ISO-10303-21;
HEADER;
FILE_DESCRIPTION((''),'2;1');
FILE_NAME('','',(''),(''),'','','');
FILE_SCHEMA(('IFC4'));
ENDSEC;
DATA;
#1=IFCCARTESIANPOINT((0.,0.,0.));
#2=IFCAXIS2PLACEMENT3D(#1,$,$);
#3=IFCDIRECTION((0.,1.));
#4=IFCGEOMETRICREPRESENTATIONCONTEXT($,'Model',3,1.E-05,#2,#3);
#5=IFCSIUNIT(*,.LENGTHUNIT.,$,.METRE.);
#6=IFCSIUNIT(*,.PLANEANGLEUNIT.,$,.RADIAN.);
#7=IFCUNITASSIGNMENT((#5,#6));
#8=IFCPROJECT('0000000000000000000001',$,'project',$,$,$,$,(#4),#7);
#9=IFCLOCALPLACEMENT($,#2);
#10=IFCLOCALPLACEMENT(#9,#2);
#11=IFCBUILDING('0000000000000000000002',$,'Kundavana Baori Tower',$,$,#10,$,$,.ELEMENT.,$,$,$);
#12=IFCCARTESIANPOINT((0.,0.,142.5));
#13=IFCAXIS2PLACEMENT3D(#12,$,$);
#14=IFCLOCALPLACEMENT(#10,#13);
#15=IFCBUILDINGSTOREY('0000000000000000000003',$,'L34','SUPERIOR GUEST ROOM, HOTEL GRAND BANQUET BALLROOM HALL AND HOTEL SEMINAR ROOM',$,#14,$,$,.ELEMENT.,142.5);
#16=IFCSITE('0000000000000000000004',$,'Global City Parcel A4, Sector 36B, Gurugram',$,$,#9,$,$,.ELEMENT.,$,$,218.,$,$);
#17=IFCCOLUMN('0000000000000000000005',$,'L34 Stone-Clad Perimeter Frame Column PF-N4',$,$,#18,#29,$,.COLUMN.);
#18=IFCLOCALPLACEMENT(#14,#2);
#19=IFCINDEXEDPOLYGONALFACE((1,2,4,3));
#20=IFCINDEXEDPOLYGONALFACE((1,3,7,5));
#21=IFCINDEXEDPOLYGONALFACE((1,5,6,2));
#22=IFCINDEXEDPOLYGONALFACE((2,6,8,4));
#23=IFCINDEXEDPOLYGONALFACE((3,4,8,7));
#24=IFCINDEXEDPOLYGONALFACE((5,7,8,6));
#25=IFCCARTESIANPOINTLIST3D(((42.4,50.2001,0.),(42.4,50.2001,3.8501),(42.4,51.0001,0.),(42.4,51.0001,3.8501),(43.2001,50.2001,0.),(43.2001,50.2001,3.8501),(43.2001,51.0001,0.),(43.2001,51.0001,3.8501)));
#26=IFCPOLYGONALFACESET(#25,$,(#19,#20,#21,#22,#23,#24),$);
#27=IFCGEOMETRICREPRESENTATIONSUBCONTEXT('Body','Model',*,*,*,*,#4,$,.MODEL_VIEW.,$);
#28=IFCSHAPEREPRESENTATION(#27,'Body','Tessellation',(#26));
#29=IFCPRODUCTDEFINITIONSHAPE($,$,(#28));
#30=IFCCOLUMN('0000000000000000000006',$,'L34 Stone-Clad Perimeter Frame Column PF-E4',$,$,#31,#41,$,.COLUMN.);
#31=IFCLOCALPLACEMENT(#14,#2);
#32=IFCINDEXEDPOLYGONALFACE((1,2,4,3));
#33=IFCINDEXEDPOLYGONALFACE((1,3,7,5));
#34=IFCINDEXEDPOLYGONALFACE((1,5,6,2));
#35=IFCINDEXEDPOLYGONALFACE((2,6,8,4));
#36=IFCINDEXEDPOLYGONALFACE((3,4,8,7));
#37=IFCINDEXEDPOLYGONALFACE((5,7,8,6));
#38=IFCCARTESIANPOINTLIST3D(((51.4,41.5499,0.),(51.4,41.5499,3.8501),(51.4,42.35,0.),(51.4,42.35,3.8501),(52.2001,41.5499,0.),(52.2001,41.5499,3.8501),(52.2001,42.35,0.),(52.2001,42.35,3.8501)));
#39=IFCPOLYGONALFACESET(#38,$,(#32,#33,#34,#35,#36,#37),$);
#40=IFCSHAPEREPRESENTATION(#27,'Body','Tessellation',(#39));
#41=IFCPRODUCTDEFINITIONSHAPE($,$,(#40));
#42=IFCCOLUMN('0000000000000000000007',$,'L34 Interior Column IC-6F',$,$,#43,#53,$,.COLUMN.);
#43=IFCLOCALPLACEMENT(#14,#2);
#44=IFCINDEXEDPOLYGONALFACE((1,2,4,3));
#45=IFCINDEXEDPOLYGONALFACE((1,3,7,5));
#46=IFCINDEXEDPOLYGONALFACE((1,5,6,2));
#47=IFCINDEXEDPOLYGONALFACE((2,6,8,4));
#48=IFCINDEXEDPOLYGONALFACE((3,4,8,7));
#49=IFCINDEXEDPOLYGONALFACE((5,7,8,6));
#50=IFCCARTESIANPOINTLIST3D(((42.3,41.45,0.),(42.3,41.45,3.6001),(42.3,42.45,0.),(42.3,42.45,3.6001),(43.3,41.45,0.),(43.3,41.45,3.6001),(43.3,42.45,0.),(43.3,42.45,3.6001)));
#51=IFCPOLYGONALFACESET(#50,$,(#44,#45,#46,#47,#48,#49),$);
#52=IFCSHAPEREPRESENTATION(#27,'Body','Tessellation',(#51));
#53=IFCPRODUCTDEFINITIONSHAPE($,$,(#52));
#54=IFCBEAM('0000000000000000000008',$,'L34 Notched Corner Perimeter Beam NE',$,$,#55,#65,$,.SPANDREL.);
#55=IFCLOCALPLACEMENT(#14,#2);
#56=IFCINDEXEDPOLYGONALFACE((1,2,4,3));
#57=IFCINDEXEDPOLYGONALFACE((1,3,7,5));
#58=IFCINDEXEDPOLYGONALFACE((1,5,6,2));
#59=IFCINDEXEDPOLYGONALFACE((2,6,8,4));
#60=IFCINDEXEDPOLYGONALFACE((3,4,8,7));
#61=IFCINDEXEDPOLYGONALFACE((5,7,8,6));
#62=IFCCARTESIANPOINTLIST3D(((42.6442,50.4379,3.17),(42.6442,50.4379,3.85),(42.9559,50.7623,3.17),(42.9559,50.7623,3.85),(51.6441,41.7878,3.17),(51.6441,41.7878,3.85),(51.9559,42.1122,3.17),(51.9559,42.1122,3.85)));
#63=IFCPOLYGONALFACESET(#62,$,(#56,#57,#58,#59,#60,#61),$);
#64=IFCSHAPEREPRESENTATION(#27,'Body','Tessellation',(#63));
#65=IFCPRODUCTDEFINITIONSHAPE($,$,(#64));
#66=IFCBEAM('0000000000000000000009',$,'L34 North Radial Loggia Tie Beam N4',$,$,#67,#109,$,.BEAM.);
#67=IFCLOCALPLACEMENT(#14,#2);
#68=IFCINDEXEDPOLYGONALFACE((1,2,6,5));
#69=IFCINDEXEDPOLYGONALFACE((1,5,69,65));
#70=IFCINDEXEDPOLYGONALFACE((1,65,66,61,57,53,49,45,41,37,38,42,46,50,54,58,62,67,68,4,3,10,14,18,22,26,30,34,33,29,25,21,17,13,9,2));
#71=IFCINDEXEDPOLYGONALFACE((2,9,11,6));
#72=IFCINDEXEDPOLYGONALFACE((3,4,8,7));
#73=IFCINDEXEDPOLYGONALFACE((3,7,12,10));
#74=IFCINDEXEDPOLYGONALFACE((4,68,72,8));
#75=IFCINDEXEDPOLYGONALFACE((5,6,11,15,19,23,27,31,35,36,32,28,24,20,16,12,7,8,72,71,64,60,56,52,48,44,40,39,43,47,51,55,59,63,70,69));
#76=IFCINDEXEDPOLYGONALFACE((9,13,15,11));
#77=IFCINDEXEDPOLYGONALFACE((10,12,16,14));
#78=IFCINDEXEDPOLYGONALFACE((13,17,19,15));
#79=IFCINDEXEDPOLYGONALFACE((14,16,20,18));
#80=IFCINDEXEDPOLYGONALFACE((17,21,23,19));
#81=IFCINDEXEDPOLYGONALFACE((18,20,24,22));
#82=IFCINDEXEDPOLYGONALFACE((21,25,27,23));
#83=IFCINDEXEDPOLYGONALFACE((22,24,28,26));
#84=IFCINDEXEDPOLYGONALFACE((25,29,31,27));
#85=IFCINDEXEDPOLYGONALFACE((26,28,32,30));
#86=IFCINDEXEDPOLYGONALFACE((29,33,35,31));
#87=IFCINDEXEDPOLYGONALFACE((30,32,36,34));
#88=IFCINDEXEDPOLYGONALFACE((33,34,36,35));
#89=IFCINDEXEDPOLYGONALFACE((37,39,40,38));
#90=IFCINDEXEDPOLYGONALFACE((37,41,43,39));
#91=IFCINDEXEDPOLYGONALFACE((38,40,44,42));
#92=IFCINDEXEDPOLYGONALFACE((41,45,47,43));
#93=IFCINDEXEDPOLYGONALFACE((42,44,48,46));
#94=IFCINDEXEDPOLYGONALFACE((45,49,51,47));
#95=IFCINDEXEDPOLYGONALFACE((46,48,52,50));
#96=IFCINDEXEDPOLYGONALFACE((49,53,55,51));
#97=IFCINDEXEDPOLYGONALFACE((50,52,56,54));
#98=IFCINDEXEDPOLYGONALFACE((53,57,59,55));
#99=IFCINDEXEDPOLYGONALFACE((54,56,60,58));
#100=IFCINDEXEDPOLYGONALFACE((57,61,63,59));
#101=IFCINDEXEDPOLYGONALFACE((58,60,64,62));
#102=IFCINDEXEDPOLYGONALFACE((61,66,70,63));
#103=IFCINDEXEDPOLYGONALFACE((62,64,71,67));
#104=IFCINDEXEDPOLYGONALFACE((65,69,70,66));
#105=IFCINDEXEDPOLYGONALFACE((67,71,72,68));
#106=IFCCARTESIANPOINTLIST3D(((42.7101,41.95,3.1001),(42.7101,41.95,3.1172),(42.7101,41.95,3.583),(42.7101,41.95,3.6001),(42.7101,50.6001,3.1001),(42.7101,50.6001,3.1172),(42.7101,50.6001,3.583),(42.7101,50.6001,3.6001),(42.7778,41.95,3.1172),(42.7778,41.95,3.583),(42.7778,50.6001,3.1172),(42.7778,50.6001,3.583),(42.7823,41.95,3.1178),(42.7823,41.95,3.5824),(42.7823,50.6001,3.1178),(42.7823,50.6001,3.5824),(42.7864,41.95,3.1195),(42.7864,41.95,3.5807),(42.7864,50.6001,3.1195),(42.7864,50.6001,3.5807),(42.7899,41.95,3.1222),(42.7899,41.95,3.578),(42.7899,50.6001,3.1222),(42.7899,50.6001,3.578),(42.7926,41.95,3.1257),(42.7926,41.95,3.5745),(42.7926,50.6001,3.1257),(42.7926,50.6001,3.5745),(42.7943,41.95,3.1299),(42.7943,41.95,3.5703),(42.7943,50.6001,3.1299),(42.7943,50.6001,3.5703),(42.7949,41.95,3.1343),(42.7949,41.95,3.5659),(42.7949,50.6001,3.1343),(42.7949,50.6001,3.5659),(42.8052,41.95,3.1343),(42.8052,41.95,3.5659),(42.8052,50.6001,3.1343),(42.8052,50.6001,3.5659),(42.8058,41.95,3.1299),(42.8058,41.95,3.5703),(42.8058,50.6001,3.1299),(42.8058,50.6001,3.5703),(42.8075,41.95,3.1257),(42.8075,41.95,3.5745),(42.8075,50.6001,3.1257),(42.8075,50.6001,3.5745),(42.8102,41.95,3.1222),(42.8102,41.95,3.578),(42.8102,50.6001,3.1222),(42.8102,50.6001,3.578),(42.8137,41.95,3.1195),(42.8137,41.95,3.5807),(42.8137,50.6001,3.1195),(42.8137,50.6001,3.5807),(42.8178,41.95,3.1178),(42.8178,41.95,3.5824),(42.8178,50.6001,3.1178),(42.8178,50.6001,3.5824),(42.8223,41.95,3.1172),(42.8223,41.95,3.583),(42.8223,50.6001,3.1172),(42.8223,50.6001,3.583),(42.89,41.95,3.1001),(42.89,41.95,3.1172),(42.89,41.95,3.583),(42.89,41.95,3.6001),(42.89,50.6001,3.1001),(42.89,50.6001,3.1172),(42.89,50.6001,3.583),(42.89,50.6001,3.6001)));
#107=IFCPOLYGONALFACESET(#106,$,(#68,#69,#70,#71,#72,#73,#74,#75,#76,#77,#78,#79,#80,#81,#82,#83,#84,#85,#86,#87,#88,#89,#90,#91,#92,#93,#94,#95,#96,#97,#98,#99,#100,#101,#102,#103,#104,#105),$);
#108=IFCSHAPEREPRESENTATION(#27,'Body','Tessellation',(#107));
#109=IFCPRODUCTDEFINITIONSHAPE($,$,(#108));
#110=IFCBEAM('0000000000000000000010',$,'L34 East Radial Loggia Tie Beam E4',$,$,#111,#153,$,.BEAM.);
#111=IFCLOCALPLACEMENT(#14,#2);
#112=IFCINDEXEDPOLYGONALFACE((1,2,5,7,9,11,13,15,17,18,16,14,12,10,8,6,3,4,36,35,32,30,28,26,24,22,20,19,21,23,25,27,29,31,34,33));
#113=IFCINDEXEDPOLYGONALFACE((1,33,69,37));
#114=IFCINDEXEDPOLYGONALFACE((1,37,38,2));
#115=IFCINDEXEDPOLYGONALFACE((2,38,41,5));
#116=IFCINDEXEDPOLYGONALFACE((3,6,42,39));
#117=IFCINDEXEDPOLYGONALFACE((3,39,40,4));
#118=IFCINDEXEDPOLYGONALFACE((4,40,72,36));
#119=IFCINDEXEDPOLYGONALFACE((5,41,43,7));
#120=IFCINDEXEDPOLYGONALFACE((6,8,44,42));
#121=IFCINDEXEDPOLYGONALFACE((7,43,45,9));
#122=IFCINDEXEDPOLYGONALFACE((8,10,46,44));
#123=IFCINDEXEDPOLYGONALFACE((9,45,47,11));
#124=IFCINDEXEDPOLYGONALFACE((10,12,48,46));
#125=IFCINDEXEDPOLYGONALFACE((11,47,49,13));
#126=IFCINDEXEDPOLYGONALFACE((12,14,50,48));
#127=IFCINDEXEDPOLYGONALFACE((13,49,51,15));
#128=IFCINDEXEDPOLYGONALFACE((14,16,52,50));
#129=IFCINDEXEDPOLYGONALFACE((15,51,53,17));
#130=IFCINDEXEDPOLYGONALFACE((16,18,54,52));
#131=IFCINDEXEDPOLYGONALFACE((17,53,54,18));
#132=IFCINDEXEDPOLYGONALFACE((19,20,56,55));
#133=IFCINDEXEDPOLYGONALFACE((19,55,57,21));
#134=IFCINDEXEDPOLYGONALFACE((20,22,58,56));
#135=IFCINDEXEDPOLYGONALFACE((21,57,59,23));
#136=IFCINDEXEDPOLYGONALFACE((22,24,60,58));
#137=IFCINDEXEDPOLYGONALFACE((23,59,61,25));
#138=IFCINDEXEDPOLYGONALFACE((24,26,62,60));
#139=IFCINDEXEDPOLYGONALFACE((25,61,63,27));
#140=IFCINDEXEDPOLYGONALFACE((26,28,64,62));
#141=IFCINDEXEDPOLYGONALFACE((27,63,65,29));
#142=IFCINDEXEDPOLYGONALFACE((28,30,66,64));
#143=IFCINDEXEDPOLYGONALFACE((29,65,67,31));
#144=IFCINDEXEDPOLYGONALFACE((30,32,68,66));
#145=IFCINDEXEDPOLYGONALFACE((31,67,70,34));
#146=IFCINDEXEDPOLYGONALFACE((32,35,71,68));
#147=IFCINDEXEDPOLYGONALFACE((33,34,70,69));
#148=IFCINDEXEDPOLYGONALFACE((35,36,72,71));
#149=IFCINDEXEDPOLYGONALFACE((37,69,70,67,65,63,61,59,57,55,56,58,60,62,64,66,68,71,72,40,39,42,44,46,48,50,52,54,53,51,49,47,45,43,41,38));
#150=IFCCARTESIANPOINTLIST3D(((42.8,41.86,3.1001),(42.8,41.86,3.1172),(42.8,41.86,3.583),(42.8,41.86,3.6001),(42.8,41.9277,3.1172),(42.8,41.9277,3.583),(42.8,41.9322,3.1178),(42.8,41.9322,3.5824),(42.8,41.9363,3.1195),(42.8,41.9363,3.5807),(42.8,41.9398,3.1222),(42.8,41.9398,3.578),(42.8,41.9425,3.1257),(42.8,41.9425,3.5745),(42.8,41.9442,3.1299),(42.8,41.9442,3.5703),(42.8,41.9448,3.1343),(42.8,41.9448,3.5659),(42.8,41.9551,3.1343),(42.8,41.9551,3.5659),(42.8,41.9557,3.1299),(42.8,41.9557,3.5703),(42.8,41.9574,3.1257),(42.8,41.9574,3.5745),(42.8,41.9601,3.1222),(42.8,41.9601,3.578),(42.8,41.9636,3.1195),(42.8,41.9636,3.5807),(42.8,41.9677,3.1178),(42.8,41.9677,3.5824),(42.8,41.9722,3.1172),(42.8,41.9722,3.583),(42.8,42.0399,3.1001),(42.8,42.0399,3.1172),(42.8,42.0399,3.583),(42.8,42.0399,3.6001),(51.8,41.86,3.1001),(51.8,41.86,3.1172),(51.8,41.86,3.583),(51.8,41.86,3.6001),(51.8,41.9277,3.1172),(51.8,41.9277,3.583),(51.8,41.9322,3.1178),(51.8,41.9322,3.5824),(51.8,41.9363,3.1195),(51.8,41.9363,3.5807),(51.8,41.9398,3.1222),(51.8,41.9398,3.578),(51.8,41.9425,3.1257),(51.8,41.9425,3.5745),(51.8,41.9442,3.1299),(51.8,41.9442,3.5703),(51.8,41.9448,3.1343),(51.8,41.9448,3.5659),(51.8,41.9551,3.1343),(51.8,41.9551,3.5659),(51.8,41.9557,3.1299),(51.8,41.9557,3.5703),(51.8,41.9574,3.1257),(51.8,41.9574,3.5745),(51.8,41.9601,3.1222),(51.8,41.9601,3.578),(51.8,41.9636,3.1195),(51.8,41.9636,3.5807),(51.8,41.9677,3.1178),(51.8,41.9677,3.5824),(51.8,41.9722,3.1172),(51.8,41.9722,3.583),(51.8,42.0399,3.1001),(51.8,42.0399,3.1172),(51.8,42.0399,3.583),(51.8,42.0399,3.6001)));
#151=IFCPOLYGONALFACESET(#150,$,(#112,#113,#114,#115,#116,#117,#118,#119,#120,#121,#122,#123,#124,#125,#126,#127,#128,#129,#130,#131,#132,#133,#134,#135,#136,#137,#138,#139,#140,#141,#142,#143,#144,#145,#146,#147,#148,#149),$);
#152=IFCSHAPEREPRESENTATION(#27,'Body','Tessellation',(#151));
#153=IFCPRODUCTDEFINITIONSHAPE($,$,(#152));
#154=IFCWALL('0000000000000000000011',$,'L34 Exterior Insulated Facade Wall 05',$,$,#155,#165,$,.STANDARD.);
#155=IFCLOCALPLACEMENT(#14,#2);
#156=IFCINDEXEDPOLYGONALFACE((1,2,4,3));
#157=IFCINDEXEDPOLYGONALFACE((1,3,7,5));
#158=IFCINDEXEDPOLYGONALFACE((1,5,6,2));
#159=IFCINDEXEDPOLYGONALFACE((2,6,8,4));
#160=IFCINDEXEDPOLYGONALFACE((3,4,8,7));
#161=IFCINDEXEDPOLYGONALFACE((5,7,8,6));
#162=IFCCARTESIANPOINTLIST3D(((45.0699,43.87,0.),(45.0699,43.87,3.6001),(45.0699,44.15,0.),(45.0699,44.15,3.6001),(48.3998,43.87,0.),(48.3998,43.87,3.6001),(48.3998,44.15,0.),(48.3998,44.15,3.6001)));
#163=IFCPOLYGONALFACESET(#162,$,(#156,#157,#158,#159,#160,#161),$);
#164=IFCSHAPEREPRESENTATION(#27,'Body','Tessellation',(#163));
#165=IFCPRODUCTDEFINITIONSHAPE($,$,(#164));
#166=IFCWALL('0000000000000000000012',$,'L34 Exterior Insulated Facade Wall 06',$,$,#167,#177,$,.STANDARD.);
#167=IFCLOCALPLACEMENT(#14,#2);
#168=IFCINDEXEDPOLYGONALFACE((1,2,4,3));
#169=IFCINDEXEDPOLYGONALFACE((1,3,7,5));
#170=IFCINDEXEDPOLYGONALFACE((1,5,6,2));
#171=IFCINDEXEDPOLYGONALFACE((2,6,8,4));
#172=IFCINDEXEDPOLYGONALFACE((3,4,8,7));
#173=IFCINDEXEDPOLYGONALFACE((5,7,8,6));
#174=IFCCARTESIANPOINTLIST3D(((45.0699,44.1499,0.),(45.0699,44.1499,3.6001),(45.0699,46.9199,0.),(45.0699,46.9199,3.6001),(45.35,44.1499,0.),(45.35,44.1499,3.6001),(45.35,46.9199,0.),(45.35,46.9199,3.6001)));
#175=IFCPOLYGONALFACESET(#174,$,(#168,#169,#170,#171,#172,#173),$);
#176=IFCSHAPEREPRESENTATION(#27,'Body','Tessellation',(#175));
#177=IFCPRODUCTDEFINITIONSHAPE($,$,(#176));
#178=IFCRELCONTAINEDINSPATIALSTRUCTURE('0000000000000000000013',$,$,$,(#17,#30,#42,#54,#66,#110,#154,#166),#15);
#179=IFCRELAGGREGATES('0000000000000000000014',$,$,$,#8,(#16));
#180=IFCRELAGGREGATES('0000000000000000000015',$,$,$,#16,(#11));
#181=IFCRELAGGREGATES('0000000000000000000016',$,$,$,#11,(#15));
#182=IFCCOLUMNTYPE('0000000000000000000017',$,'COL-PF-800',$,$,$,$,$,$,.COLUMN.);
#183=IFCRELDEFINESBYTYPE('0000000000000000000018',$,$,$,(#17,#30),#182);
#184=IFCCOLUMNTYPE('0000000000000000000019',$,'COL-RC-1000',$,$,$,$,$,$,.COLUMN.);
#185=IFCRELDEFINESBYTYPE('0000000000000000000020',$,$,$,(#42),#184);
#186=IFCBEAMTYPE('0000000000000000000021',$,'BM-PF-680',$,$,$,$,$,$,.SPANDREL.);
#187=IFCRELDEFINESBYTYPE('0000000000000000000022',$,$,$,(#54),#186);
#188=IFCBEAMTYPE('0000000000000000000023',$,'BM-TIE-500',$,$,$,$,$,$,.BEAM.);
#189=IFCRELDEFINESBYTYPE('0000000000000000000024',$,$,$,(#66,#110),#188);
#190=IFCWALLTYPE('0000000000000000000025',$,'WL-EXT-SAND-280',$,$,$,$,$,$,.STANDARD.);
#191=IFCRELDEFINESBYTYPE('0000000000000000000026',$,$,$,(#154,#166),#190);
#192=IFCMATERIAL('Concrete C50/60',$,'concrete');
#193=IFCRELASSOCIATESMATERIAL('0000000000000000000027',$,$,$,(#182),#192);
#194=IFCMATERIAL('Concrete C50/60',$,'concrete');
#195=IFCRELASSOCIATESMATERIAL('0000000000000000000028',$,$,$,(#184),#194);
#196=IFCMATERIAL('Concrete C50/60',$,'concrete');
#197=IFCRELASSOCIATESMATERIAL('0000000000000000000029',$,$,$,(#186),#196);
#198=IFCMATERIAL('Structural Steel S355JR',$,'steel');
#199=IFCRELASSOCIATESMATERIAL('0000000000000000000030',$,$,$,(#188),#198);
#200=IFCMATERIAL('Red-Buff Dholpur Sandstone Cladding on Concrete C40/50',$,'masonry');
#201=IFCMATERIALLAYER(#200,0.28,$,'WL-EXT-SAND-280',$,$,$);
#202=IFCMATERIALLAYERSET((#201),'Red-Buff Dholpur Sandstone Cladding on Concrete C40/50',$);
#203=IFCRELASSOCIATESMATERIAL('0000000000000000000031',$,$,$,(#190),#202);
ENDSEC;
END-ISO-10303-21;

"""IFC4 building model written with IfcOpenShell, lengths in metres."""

from ifc_helpers import new_model, si_unit, direction, frame, frame_2d, origin, origin_2d, place, context, subcontext, project, spatial, rectangle, i_section, extrude, material, layer, layer_set, material_profile, profile_set, type_object, element, save


model = new_model("IFC4")

# Units and contexts
model_context = context("Model", 3, precision=1e-05, world=origin(), true_north=direction((0.0, 1.0)))
body_context = subcontext(model_context, "Body", "Model", "MODEL_VIEW")
ifc_project = project(units=[si_unit("LENGTHUNIT", "METRE"), si_unit("PLANEANGLEUNIT", "RADIAN")], contexts=[model_context])

# Site, building, storey
site_placement = place(None, origin())
site = spatial("IfcSite", under=ifc_project, at=site_placement, Name="Global City Parcel A4, Sector 36B, Gurugram", CompositionType="ELEMENT", RefElevation=218.0)
building_placement = place(site_placement, origin())
building = spatial("IfcBuilding", under=site, at=building_placement, Name="Kundavana Baori Tower", CompositionType="ELEMENT")
storey_placement = place(building_placement, frame((0.0, 0.0, 142.5)))
storey = spatial("IfcBuildingStorey", under=building, at=storey_placement, Name="L34", Description="SUPERIOR GUEST ROOM, HOTEL GRAND BANQUET BALLROOM HALL AND HOTEL SEMINAR ROOM", CompositionType="ELEMENT", Elevation=142.5)

# Columns
ifc_material_1 = material(Name="Concrete C50/60", Category="concrete")
ifc_material_profile_1 = material_profile(ifc_material_1, rectangle(XDim=0.8, YDim=0.8, at=origin_2d()), Name="RC PF 800x800")
ifc_profile_set_1 = profile_set([ifc_material_profile_1], Name="Concrete C50/60")
column_type_1 = type_object("IfcColumnType", Name="COL-PF-800", PredefinedType="COLUMN", material=ifc_profile_set_1)
for number, where, z_axis, x_axis, name in (
    (1, (42.8, 50.6001, 0.0), (0.0, 0.0, 1.0), (1.0, 0.0, 0.0), "L34 Stone-Clad Perimeter Frame Column PF-N4"),
    (2, (51.8, 41.95, 0.0), (0.0, 0.0, 1.0), (1.0, 0.0, 0.0), "L34 Stone-Clad Perimeter Frame Column PF-E4"),
):
    element("IfcColumn", number, at=place(storey_placement, frame(where, z_axis=z_axis, x_axis=x_axis)), inside=storey, type_object=column_type_1, Name=name, PredefinedType="COLUMN", context=body_context, shape_type="SweptSolid", body=[
        extrude(rectangle(XDim=0.8, YDim=0.8, at=origin_2d()), origin(), (0.0, 0.0, 1.0), 3.8501),
    ])
ifc_material_2 = material(Name="Concrete C50/60", Category="concrete")
ifc_material_profile_2 = material_profile(ifc_material_2, rectangle(XDim=1.0, YDim=1.0, at=origin_2d()), Name="RC 1000x1000")
ifc_profile_set_2 = profile_set([ifc_material_profile_2], Name="Concrete C50/60")
column_type_2 = type_object("IfcColumnType", Name="COL-RC-1000", PredefinedType="COLUMN", material=ifc_profile_set_2)
column_placement = place(storey_placement, frame((42.8, 41.95, 0.0), z_axis=(0.0, 0.0, 1.0), x_axis=(1.0, 0.0, 0.0)))
element("IfcColumn", 3, at=column_placement, inside=storey, type_object=column_type_2, Name="L34 Interior Column IC-6F", PredefinedType="COLUMN", context=body_context, shape_type="SweptSolid", body=[
    extrude(rectangle(XDim=1.0, YDim=1.0, at=origin_2d()), origin(), (0.0, 0.0, 1.0), 3.6001),
])

# Beams
ifc_material_3 = material(Name="Concrete C50/60", Category="concrete")
ifc_material_profile_3 = material_profile(ifc_material_3, rectangle(XDim=0.45, YDim=0.6799, at=origin_2d()), Name="RC BM 450x680")
ifc_profile_set_3 = profile_set([ifc_material_profile_3], Name="Concrete C50/60")
beam_type_1 = type_object("IfcBeamType", Name="BM-PF-680", PredefinedType="SPANDREL", material=ifc_profile_set_3)
beam_1_placement = place(storey_placement, frame((42.8, 50.6001, 3.51), z_axis=(0.720981, -0.692955, 0.0), x_axis=(0.692955, 0.720981, 0.0)))
element("IfcBeam", 4, at=beam_1_placement, inside=storey, type_object=beam_type_1, Name="L34 Notched Corner Perimeter Beam NE", PredefinedType="SPANDREL", context=body_context, shape_type="SweptSolid", body=[
    extrude(rectangle(XDim=0.45, YDim=0.6799, at=origin_2d()), origin(), (0.0, 0.0, 1.0), 12.4829),
])
ifc_material_4 = material(Name="Structural Steel S355JR", Category="steel")
ifc_material_profile_4 = material_profile(ifc_material_4, i_section(OverallWidth=0.1799, OverallDepth=0.5, WebThickness=0.0103, FlangeThickness=0.0171, FilletRadius=0.0171, at=origin_2d()), Name="ISMB 500")
ifc_profile_set_4 = profile_set([ifc_material_profile_4], Name="Structural Steel S355JR")
beam_type_2 = type_object("IfcBeamType", Name="BM-TIE-500", PredefinedType="BEAM", material=ifc_profile_set_4)
beam_2_placement = place(storey_placement, frame((42.8, 41.95, 3.3501), z_axis=(0.0, 1.0, 0.0), x_axis=(-1.0, 0.0, 0.0)))
element("IfcBeam", 5, at=beam_2_placement, inside=storey, type_object=beam_type_2, Name="L34 North Radial Loggia Tie Beam N4", PredefinedType="BEAM", context=body_context, shape_type="SweptSolid", body=[
    extrude(i_section(OverallWidth=0.1799, OverallDepth=0.5, WebThickness=0.0103, FlangeThickness=0.0171, FilletRadius=0.0171, at=origin_2d()), origin(), (0.0, 0.0, 1.0), 8.6501),
])
beam_3_placement = place(storey_placement, frame((42.8, 41.95, 3.3501), z_axis=(1.0, 0.0, 0.0), x_axis=(0.0, 1.0, 0.0)))
element("IfcBeam", 6, at=beam_3_placement, inside=storey, type_object=beam_type_2, Name="L34 East Radial Loggia Tie Beam E4", PredefinedType="BEAM", context=body_context, shape_type="SweptSolid", body=[
    extrude(i_section(OverallWidth=0.1799, OverallDepth=0.5, WebThickness=0.0103, FlangeThickness=0.0171, FilletRadius=0.0171, at=origin_2d()), origin(), (0.0, 0.0, 1.0), 9.0),
])

# Walls
ifc_material_5 = material(Name="Red-Buff Dholpur Sandstone Cladding on Concrete C40/50", Category="masonry")
ifc_layer_1 = layer(ifc_material_5, 0.28, Name="WL-EXT-SAND-280")
ifc_layer_set_1 = layer_set([ifc_layer_1], Name="Red-Buff Dholpur Sandstone Cladding on Concrete C40/50")
wall_type_1 = type_object("IfcWallType", Name="WL-EXT-SAND-280", PredefinedType="STANDARD", material=ifc_layer_set_1)
wall_1_placement = place(storey_placement, frame((48.3999, 44.01, 0.0), z_axis=(0.0, 0.0, 1.0), x_axis=(-1.0, 0.0, 0.0)))
element("IfcWall", 7, at=wall_1_placement, inside=storey, type_object=wall_type_1, Name="L34 Exterior Insulated Facade Wall 05", PredefinedType="STANDARD", context=body_context, shape_type="SweptSolid", body=[
    extrude(rectangle(XDim=3.3298, YDim=0.28, at=frame_2d((1.665, 0.0))), origin(), (0.0, 0.0, 1.0), 3.6001),
])
wall_2_placement = place(storey_placement, frame((45.21, 44.1499, 0.0), z_axis=(0.0, 0.0, 1.0), x_axis=(0.0, 1.0, 0.0)))
element("IfcWall", 8, at=wall_2_placement, inside=storey, type_object=wall_type_1, Name="L34 Exterior Insulated Facade Wall 06", PredefinedType="STANDARD", context=body_context, shape_type="SweptSolid", body=[
    extrude(rectangle(XDim=2.77, YDim=0.28, at=frame_2d((1.385, 0.0))), origin(), (0.0, 0.0, 1.0), 3.6001),
])

save(model, "model.ifc")
